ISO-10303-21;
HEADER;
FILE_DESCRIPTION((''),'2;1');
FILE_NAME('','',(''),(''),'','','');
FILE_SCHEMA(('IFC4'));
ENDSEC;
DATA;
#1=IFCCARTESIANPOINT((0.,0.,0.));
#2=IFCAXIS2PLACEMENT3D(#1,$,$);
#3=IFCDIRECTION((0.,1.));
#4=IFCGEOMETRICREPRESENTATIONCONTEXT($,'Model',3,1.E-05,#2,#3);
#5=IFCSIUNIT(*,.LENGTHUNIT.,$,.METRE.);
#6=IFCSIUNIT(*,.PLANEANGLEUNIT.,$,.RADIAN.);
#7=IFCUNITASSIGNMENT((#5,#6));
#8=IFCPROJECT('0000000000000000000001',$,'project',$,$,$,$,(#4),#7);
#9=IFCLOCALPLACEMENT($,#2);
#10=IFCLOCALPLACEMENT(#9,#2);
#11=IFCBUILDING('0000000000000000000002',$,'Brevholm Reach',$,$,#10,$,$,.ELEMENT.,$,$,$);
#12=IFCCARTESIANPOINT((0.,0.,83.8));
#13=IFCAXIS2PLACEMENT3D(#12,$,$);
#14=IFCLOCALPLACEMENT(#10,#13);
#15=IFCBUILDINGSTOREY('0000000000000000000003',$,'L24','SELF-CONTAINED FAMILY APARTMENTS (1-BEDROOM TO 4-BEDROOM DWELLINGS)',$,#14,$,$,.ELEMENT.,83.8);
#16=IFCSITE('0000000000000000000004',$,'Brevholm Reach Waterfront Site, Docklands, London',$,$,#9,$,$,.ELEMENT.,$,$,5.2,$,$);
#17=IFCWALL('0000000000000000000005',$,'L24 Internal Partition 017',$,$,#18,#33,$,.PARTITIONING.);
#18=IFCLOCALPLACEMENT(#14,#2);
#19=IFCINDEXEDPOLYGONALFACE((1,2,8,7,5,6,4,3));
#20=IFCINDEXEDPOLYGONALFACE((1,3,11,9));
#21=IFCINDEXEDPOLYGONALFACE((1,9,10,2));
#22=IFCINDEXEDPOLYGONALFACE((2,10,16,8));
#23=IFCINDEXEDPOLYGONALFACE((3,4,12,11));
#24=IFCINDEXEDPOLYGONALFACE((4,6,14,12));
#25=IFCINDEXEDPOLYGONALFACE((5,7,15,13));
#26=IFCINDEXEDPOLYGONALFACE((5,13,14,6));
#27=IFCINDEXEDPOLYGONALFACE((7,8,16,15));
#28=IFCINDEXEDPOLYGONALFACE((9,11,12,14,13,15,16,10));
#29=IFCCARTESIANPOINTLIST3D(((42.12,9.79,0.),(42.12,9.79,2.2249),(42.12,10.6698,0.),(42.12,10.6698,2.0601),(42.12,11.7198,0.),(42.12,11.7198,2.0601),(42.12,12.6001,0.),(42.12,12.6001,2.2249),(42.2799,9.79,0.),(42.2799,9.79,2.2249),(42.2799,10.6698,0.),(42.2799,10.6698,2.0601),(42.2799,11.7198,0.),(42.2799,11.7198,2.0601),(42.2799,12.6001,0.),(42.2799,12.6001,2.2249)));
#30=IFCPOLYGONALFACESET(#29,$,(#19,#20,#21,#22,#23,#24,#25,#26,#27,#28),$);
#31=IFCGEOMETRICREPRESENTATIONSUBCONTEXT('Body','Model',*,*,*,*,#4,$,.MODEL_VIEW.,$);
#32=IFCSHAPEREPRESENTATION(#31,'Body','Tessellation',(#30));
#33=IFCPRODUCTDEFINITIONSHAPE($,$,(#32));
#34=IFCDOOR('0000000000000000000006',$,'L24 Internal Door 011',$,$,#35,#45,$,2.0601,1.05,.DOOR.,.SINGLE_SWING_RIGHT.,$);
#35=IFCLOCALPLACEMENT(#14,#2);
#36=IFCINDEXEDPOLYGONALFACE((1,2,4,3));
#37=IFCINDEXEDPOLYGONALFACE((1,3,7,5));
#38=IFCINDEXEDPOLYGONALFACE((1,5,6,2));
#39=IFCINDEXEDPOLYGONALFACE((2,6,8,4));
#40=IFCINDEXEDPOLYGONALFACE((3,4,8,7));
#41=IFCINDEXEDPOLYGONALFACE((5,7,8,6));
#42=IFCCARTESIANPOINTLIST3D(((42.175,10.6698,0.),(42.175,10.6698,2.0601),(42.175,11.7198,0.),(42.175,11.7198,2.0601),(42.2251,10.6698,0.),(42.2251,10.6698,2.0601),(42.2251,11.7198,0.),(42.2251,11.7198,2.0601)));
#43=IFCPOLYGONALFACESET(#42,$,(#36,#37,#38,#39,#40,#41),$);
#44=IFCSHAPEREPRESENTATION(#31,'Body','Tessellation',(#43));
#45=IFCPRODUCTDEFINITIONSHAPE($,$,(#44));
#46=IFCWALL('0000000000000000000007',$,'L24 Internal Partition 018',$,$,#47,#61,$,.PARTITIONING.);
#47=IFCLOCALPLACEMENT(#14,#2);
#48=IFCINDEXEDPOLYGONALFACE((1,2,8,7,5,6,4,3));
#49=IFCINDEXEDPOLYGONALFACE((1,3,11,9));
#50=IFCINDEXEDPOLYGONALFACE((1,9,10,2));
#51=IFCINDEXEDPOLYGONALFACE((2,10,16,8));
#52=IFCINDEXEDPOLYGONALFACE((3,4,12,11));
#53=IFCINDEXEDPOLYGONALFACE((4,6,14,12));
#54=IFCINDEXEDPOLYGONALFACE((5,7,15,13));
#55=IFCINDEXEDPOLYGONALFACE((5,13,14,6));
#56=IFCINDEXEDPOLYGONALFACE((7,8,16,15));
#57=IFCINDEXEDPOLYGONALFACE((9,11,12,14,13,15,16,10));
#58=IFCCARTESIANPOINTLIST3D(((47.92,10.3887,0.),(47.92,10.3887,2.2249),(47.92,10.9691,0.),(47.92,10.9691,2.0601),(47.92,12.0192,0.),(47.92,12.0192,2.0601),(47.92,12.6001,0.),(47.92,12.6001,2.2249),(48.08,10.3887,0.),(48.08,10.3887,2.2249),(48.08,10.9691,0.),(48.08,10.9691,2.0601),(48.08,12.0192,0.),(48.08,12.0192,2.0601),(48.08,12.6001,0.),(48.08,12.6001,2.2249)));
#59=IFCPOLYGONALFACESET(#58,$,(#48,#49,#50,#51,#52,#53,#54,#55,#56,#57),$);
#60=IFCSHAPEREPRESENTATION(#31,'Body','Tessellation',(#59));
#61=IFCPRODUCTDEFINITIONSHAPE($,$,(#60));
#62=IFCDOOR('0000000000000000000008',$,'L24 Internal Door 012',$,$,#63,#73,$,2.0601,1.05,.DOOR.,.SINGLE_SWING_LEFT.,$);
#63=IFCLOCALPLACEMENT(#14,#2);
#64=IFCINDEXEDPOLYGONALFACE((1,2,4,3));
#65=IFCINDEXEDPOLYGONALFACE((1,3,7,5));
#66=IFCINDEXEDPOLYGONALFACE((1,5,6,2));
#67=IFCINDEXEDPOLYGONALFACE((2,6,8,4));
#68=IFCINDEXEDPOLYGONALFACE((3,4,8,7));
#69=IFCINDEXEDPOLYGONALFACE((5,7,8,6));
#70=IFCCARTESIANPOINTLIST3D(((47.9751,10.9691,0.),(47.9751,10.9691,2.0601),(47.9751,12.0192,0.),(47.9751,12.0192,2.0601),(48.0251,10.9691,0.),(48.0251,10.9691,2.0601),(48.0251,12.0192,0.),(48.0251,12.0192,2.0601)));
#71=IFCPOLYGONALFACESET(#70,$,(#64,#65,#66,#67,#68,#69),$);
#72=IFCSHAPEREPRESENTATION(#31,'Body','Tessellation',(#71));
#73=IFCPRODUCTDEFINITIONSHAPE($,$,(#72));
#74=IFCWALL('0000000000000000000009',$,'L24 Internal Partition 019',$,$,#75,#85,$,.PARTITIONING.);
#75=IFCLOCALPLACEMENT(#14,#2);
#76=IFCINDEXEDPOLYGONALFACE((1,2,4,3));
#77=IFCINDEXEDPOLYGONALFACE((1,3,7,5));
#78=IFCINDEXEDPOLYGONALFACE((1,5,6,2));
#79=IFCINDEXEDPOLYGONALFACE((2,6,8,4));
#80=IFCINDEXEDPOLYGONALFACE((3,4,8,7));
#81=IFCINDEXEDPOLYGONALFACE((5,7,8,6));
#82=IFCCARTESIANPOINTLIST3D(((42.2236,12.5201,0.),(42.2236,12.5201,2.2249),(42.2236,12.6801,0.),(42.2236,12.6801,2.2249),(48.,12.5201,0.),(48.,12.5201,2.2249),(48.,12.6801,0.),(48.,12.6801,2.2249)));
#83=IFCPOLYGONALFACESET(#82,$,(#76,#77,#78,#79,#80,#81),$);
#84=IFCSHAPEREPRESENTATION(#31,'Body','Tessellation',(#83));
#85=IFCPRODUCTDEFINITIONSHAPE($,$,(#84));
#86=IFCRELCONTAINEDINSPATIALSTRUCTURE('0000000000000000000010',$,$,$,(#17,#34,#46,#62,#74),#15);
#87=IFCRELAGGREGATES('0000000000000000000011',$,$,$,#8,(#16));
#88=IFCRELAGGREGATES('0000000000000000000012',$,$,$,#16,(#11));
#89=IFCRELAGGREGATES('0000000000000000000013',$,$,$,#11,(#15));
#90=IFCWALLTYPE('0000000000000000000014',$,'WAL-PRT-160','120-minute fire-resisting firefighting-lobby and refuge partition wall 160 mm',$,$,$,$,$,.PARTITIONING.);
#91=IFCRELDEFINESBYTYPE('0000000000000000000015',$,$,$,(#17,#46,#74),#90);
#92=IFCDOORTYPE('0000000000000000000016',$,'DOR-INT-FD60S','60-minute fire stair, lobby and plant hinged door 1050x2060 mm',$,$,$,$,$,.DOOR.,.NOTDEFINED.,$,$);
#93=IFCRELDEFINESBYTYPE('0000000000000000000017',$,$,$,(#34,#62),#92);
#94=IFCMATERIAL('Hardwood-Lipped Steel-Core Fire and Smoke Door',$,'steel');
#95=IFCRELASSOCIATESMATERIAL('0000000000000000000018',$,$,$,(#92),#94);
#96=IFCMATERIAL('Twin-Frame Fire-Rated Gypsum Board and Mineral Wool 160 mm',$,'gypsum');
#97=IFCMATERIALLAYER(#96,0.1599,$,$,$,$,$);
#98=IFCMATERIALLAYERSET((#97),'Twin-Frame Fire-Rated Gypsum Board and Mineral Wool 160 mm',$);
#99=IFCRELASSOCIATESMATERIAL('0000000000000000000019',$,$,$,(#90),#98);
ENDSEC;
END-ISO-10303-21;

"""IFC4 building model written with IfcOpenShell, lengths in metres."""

from ifc_helpers import new_model, si_unit, direction, frame, frame_2d, origin, place, context, subcontext, project, spatial, rectangle, extrude, material, layer, layer_set, type_object, element, fill, save


model = new_model("IFC4")

# Units and contexts
model_context = context("Model", 3, precision=1e-05, world=origin(), true_north=direction((0.0, 1.0)))
body_context = subcontext(model_context, "Body", "Model", "MODEL_VIEW")
ifc_project = project(units=[si_unit("LENGTHUNIT", "METRE"), si_unit("PLANEANGLEUNIT", "RADIAN")], contexts=[model_context])

# Site, building, storey
site_placement = place(None, origin())
site = spatial("IfcSite", under=ifc_project, at=site_placement, Name="Brevholm Reach Waterfront Site, Docklands, London", CompositionType="ELEMENT", RefElevation=5.2)
building_placement = place(site_placement, origin())
building = spatial("IfcBuilding", under=site, at=building_placement, Name="Brevholm Reach", CompositionType="ELEMENT")
storey_placement = place(building_placement, frame((0.0, 0.0, 83.8)))
storey = spatial("IfcBuildingStorey", under=building, at=storey_placement, Name="L24", Description="SELF-CONTAINED FAMILY APARTMENTS (1-BEDROOM TO 4-BEDROOM DWELLINGS)", CompositionType="ELEMENT", Elevation=83.8)

# Shared definitions
ifc_material_1 = material(Name="Hardwood-Lipped Steel-Core Fire and Smoke Door", Category="steel")
door_type_1 = type_object("IfcDoorType", Name="DOR-INT-FD60S", Description="60-minute fire stair, lobby and plant hinged door 1050x2060 mm", OperationType="NOTDEFINED", PredefinedType="DOOR", material=ifc_material_1)

# Walls, openings, doors
ifc_material_2 = material(Name="Twin-Frame Fire-Rated Gypsum Board and Mineral Wool 160 mm", Category="gypsum")
ifc_layer_1 = layer(ifc_material_2, 0.1599)
ifc_layer_set_1 = layer_set([ifc_layer_1], Name="Twin-Frame Fire-Rated Gypsum Board and Mineral Wool 160 mm")
wall_type_1 = type_object("IfcWallType", Name="WAL-PRT-160", Description="120-minute fire-resisting firefighting-lobby and refuge partition wall 160 mm", PredefinedType="PARTITIONING", material=ifc_layer_set_1)
wall_1_placement = place(storey_placement, frame((42.2, 9.79, 0.0), z_axis=(0.0, 0.0, 1.0), x_axis=(0.0, 1.0, 0.0)))
wall_1 = element("IfcWall", 1, at=wall_1_placement, inside=storey, type_object=wall_type_1, Name="L24 Internal Partition 017", PredefinedType="PARTITIONING", context=body_context, shape_type="SweptSolid", body=[
    extrude(rectangle(XDim=2.8101, YDim=0.1599, at=frame_2d((1.405, 0.0))), origin(), (0.0, 0.0, 1.0), 2.2249),
])
opening_1_placement = place(wall_1_placement, frame((0.8799, 0.0, 0.0)))
opening_1 = element("IfcOpeningElement", 2, at=opening_1_placement, cuts=wall_1, PredefinedType="OPENING", context=body_context, shape_type="SweptSolid", body=[
    extrude(rectangle(XDim=1.05, YDim=2.0601, at=frame_2d((0.5249, 1.03))), frame((0.0, 0.0898, 0.0), z_axis=(0.0, -1.0, 0.0), x_axis=(1.0, 0.0, 0.0)), (0.0, 0.0, 1.0), 0.1799),
])
door_1_placement = place(opening_1_placement, origin())
door_1 = element("IfcDoor", 3, at=door_1_placement, inside=storey, type_object=door_type_1, Name="L24 Internal Door 011", OperationType="SINGLE_SWING_RIGHT", OverallHeight=2.0601, OverallWidth=1.05, PredefinedType="DOOR", context=body_context, shape_type="SweptSolid", body=[
    extrude(rectangle(XDim=1.05, YDim=2.0601, at=frame_2d((0.5249, 1.03))), frame((0.0, 0.0249, 0.0), z_axis=(0.0, -1.0, 0.0), x_axis=(1.0, 0.0, 0.0)), (0.0, 0.0, 1.0), 0.05),
])
fill(opening_1, door_1)
wall_2_placement = place(storey_placement, frame((48.0, 10.3887, 0.0), z_axis=(0.0, 0.0, 1.0), x_axis=(0.0, 1.0, 0.0)))
wall_2 = element("IfcWall", 4, at=wall_2_placement, inside=storey, type_object=wall_type_1, Name="L24 Internal Partition 018", PredefinedType="PARTITIONING", context=body_context, shape_type="SweptSolid", body=[
    extrude(rectangle(XDim=2.2114, YDim=0.1599, at=frame_2d((1.1057, 0.0))), origin(), (0.0, 0.0, 1.0), 2.2249),
])
opening_2_placement = place(wall_2_placement, frame((0.5806, 0.0, 0.0)))
opening_2 = element("IfcOpeningElement", 5, at=opening_2_placement, cuts=wall_2, PredefinedType="OPENING", context=body_context, shape_type="SweptSolid", body=[
    extrude(rectangle(XDim=1.05, YDim=2.0601, at=frame_2d((0.5249, 1.03))), frame((0.0, 0.0898, 0.0), z_axis=(0.0, -1.0, 0.0), x_axis=(1.0, 0.0, 0.0)), (0.0, 0.0, 1.0), 0.1799),
])
door_2_placement = place(opening_2_placement, origin())
door_2 = element("IfcDoor", 6, at=door_2_placement, inside=storey, type_object=door_type_1, Name="L24 Internal Door 012", OperationType="SINGLE_SWING_LEFT", OverallHeight=2.0601, OverallWidth=1.05, PredefinedType="DOOR", context=body_context, shape_type="SweptSolid", body=[
    extrude(rectangle(XDim=1.05, YDim=2.0601, at=frame_2d((0.5249, 1.03))), frame((0.0, 0.0249, 0.0), z_axis=(0.0, -1.0, 0.0), x_axis=(1.0, 0.0, 0.0)), (0.0, 0.0, 1.0), 0.05),
])
fill(opening_2, door_2)

# Wall
wall_3_placement = place(storey_placement, frame((42.2236, 12.6001, 0.0), z_axis=(0.0, 0.0, 1.0), x_axis=(1.0, 0.0, 0.0)))
element("IfcWall", 7, at=wall_3_placement, inside=storey, type_object=wall_type_1, Name="L24 Internal Partition 019", PredefinedType="PARTITIONING", context=body_context, shape_type="SweptSolid", body=[
    extrude(rectangle(XDim=5.7764, YDim=0.1599, at=frame_2d((2.8882, 0.0))), origin(), (0.0, 0.0, 1.0), 2.2249),
])

save(model, "model.ifc")
